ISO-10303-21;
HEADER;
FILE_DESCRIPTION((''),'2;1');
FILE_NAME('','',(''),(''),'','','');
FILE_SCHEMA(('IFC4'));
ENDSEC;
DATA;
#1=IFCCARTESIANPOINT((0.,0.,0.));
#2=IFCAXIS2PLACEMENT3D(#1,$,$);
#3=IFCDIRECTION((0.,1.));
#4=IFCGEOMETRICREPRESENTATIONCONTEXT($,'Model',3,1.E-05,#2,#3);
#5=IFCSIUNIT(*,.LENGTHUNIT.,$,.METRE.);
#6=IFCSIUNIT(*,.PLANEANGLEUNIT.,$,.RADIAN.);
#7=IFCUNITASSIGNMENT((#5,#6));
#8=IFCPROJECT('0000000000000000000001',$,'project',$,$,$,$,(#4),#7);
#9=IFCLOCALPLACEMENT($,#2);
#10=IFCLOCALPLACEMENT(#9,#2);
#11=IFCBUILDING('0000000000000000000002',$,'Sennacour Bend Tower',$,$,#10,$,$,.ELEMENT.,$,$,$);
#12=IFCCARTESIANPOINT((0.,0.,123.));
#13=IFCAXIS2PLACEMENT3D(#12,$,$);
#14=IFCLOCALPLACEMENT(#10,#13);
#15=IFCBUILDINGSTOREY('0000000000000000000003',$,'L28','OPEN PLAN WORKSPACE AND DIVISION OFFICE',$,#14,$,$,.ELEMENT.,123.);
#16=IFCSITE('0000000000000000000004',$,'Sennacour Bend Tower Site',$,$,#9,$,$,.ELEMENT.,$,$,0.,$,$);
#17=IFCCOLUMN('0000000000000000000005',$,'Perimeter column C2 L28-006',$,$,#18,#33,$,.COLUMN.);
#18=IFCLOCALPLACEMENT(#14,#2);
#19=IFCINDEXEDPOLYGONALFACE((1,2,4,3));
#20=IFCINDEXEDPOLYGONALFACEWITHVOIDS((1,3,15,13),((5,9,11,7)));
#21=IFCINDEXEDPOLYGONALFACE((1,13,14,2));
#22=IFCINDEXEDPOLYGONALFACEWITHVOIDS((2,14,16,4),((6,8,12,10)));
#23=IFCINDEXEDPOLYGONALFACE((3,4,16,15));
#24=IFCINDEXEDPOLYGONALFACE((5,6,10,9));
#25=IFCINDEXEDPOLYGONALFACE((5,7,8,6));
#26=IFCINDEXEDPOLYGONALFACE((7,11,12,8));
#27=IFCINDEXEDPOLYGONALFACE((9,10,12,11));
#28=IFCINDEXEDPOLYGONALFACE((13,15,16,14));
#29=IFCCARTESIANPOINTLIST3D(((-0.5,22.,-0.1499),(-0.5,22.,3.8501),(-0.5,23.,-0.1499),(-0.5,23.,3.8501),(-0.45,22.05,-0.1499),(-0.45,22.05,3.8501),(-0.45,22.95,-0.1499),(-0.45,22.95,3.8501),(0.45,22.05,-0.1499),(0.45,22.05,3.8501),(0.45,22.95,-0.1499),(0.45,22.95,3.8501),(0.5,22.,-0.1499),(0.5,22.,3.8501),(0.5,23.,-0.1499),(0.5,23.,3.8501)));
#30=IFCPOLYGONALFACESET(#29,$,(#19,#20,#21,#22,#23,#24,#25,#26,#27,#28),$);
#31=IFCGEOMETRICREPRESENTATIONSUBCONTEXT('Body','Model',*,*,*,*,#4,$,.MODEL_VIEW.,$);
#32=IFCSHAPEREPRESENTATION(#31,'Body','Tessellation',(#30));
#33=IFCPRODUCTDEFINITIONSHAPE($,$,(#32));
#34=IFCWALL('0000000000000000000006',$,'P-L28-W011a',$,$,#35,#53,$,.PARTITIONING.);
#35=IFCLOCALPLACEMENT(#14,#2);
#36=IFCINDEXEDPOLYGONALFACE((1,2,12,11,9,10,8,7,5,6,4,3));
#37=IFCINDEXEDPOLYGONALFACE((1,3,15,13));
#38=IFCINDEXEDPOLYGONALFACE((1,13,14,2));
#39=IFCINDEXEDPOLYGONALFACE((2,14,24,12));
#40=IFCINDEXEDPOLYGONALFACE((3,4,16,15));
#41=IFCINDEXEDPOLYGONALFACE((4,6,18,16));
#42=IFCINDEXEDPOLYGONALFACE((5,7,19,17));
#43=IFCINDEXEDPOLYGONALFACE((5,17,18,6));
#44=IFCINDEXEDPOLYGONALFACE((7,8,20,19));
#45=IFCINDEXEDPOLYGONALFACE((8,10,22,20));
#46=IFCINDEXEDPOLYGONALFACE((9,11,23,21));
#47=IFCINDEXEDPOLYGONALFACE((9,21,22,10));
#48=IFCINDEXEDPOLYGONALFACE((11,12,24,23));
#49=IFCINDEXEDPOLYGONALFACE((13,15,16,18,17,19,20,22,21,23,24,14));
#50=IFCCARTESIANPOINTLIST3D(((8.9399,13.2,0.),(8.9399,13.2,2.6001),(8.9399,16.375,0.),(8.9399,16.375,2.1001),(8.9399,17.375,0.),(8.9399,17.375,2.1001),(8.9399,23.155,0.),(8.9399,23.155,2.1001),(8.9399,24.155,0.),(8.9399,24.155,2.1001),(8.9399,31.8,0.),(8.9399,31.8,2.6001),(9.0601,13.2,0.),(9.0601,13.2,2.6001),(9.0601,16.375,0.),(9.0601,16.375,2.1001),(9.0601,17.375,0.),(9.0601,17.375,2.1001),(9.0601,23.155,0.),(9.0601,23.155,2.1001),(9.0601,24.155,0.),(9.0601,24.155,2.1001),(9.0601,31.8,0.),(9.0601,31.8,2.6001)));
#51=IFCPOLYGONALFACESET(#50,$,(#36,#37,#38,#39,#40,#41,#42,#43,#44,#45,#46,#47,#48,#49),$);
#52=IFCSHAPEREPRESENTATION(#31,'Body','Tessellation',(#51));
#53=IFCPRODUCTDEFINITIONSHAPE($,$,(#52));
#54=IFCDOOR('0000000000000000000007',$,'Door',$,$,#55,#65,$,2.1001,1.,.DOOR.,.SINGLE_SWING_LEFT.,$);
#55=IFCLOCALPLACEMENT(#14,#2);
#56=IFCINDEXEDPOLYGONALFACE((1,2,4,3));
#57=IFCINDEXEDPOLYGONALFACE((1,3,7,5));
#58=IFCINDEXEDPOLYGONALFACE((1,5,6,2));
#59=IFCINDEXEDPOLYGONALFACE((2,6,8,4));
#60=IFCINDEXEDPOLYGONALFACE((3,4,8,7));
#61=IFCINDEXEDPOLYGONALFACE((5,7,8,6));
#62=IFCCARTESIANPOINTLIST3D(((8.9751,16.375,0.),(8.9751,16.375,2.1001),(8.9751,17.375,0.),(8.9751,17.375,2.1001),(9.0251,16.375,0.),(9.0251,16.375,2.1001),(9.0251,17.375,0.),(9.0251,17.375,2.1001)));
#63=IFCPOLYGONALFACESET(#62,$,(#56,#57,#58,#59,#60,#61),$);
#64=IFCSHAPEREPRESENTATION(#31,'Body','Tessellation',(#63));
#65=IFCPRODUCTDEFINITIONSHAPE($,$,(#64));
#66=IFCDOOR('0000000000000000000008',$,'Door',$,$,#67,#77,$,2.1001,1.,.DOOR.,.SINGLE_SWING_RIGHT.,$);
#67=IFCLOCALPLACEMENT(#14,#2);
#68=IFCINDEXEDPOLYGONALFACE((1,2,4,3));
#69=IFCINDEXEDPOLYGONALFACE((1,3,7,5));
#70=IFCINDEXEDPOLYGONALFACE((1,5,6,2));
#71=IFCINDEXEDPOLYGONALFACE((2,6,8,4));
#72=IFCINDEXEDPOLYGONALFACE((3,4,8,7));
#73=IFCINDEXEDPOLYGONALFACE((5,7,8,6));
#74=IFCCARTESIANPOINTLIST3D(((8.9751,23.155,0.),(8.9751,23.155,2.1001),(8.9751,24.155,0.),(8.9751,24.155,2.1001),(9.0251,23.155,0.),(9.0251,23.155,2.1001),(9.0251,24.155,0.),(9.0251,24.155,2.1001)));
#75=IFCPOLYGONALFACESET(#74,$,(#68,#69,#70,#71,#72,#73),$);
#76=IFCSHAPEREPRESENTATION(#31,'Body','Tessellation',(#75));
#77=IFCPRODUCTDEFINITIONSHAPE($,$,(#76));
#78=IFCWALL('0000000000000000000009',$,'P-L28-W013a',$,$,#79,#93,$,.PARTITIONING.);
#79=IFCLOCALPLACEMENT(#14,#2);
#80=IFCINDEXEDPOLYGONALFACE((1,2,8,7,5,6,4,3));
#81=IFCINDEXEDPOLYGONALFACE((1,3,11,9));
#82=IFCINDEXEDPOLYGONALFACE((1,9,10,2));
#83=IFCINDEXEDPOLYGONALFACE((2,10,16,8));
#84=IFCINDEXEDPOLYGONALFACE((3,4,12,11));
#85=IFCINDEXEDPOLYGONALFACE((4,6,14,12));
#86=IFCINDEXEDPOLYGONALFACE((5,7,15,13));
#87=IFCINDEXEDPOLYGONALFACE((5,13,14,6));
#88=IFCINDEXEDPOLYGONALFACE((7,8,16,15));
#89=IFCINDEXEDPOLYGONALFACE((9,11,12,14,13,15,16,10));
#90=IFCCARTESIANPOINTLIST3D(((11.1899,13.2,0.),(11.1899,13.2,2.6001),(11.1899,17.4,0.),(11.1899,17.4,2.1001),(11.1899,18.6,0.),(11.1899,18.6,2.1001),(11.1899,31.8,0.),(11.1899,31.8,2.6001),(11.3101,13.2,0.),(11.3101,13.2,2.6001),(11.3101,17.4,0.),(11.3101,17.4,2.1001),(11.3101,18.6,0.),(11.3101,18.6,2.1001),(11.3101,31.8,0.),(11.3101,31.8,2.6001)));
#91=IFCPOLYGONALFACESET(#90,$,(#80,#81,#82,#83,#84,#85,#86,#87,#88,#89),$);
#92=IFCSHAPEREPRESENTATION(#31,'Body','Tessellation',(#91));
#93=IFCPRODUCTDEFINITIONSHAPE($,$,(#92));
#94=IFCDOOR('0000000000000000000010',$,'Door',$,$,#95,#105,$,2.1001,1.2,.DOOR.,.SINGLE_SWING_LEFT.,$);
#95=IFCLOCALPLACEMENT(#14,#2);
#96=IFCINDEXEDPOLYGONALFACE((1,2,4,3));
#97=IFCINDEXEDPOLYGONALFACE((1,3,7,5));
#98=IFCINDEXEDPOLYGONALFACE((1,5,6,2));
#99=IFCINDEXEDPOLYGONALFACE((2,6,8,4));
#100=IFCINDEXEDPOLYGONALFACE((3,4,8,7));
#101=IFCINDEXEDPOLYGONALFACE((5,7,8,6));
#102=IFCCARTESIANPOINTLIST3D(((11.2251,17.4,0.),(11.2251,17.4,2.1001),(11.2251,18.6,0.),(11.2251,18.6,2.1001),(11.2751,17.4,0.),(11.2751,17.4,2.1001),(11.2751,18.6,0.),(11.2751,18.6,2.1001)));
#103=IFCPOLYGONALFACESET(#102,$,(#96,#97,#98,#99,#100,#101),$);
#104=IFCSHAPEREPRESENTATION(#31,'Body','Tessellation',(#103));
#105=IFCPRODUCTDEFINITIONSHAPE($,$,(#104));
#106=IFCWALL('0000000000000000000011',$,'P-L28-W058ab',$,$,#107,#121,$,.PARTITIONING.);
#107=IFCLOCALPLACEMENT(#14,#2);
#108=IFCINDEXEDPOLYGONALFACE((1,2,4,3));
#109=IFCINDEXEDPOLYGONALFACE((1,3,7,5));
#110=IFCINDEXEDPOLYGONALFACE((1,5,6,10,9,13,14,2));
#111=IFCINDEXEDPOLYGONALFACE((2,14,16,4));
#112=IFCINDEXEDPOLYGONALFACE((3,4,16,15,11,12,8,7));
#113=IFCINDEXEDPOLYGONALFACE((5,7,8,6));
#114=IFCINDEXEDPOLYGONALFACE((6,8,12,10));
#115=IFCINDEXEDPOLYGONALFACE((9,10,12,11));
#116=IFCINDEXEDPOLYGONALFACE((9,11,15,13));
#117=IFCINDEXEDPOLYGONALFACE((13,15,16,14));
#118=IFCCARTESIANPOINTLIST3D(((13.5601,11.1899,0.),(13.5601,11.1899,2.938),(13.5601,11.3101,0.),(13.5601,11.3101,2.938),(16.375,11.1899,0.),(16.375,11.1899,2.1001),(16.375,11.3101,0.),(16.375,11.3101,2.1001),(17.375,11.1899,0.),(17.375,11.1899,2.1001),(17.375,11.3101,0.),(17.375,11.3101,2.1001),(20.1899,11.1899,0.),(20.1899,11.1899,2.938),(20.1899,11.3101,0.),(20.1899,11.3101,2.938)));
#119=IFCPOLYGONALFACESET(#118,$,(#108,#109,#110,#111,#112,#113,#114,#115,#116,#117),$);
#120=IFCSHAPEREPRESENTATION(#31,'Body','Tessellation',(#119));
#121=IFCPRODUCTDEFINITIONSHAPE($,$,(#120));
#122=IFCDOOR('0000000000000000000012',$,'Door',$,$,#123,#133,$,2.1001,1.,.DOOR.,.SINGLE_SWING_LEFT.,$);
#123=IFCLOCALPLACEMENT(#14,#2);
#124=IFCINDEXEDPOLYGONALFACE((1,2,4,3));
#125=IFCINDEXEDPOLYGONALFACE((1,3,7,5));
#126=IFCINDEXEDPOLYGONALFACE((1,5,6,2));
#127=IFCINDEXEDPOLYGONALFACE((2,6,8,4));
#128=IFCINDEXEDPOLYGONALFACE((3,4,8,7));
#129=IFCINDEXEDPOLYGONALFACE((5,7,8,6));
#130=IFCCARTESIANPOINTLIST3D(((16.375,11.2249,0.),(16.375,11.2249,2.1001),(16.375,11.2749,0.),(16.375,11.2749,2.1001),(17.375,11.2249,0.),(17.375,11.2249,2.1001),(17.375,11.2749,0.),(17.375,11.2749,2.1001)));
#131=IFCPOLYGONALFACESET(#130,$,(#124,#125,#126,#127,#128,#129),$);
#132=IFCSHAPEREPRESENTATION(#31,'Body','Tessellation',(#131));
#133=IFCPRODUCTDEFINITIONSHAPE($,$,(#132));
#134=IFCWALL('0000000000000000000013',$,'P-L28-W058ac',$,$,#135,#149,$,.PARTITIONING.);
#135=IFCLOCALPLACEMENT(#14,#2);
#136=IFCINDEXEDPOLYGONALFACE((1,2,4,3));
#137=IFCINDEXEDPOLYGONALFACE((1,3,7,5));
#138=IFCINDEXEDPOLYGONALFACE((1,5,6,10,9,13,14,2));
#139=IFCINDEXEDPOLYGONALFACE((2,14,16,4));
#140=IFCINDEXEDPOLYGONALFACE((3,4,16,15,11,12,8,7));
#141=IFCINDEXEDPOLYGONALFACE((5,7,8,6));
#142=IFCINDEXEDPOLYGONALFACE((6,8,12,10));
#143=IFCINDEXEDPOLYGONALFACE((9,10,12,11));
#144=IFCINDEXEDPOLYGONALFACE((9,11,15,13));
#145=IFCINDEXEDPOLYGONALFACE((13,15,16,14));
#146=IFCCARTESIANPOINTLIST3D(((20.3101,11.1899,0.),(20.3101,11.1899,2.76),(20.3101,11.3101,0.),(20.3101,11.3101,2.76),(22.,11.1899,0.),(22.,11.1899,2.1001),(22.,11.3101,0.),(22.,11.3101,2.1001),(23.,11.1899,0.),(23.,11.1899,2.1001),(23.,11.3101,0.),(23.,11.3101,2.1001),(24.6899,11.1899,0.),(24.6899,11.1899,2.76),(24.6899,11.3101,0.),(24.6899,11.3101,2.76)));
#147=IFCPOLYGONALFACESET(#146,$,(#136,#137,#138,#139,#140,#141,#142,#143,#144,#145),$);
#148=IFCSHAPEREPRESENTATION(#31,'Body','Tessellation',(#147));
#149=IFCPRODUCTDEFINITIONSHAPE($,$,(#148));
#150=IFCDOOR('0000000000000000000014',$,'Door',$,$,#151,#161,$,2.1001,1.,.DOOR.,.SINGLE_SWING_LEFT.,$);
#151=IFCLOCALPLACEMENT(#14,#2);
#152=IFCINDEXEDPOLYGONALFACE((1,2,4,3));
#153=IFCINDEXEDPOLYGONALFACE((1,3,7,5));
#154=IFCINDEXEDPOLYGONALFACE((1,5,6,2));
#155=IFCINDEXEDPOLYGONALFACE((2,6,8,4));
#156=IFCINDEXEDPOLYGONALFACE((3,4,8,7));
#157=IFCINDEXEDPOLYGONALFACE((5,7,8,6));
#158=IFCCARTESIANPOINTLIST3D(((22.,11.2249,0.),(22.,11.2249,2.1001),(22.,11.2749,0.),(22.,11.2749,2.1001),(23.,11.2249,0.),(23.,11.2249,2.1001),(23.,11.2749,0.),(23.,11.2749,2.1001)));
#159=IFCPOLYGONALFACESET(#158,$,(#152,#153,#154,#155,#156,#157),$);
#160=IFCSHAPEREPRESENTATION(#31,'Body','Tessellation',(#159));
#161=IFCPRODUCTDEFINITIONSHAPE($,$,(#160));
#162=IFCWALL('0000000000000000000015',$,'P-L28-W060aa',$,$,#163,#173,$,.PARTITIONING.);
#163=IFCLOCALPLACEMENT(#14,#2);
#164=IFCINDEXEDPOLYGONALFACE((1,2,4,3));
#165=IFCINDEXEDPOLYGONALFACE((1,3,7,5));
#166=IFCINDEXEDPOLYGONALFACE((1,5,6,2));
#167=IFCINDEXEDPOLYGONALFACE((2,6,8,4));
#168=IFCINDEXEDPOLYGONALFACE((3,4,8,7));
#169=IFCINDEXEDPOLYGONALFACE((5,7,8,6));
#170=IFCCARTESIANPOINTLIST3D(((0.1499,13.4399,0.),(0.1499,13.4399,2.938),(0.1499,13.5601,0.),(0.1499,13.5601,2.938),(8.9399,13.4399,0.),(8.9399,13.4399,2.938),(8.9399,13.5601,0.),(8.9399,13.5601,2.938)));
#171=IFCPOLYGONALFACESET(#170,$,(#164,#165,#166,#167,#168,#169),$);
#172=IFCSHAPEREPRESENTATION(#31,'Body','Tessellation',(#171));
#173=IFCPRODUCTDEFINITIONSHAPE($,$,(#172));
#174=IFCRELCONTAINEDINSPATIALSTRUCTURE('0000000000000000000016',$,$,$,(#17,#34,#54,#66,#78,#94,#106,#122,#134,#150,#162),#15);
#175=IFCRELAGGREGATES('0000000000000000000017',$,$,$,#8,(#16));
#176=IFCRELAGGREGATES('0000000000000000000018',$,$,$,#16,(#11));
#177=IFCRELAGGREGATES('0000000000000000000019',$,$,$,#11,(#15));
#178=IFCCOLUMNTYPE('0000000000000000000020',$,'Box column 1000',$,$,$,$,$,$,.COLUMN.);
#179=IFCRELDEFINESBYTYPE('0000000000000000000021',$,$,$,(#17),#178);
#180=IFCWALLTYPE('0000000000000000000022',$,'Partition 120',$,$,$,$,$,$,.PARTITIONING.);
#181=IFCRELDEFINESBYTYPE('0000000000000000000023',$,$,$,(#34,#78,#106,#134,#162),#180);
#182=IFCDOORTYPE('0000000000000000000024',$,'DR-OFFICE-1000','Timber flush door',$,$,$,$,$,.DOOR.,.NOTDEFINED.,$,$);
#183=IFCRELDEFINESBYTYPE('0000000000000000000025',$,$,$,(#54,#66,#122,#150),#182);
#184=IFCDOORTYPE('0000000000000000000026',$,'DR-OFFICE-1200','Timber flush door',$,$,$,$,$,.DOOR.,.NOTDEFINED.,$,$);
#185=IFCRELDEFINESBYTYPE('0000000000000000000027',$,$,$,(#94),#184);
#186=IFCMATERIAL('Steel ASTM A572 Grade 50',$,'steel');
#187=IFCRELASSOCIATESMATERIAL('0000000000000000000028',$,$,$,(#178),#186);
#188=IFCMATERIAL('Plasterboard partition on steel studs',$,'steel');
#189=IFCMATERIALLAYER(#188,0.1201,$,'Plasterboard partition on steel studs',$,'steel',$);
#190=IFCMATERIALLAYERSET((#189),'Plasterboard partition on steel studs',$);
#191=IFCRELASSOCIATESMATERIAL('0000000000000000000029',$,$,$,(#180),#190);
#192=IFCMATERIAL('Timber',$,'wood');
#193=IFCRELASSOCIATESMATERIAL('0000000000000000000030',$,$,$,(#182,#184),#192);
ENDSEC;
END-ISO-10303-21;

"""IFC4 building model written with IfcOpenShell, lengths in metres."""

from ifc_helpers import new_model, si_unit, direction, frame, frame_2d, origin, origin_2d, place, context, subcontext, project, spatial, rectangle, hollow_rectangle, extrude, material, layer, layer_set, material_profile, profile_set, type_object, element, fill, save


model = new_model("IFC4")

# Units and contexts
model_context = context("Model", 3, precision=1e-05, world=origin(), true_north=direction((0.0, 1.0)))
body_context = subcontext(model_context, "Body", "Model", "MODEL_VIEW")
ifc_project = project(units=[si_unit("LENGTHUNIT", "METRE"), si_unit("PLANEANGLEUNIT", "RADIAN")], contexts=[model_context])

# Site, building, storey
site_placement = place(None, origin())
site = spatial("IfcSite", under=ifc_project, at=site_placement, Name="Sennacour Bend Tower Site", CompositionType="ELEMENT", RefElevation=0.0)
building_placement = place(site_placement, origin())
building = spatial("IfcBuilding", under=site, at=building_placement, Name="Sennacour Bend Tower", CompositionType="ELEMENT")
storey_placement = place(building_placement, frame((0.0, 0.0, 123.0)))
storey = spatial("IfcBuildingStorey", under=building, at=storey_placement, Name="L28", Description="OPEN PLAN WORKSPACE AND DIVISION OFFICE", CompositionType="ELEMENT", Elevation=123.0)

# Column
ifc_material_1 = material(Name="Steel ASTM A572 Grade 50", Category="steel")
ifc_material_profile = material_profile(ifc_material_1, hollow_rectangle(XDim=1.0, YDim=1.0, WallThickness=0.05, at=origin_2d()), Name="Steel ASTM A572 Grade 50", Category="steel")
ifc_profile_set = profile_set([ifc_material_profile], Name="Steel ASTM A572 Grade 50")
column_type = type_object("IfcColumnType", Name="Box column 1000", PredefinedType="COLUMN", material=ifc_profile_set)
column_placement = place(storey_placement, frame((0.0, 22.5, -0.1499), z_axis=(0.0, 0.0, 1.0), x_axis=(1.0, 0.0, 0.0)))
element("IfcColumn", 1, at=column_placement, inside=storey, type_object=column_type, Name="Perimeter column C2 L28-006", PredefinedType="COLUMN", context=body_context, shape_type="SweptSolid", body=[
    extrude(hollow_rectangle(XDim=1.0, YDim=1.0, WallThickness=0.05, at=origin_2d()), origin(), (0.0, 0.0, 1.0), 4.0),
])

# Wall, openings, doors
ifc_material_2 = material(Name="Plasterboard partition on steel studs", Category="steel")
ifc_layer_1 = layer(ifc_material_2, 0.1201, Name="Plasterboard partition on steel studs", Category="steel")
ifc_layer_set_1 = layer_set([ifc_layer_1], Name="Plasterboard partition on steel studs")
wall_type_1 = type_object("IfcWallType", Name="Partition 120", PredefinedType="PARTITIONING", material=ifc_layer_set_1)
wall_1_placement = place(storey_placement, frame((9.0, 13.2, 0.0), z_axis=(0.0, 0.0, 1.0), x_axis=(0.0, 1.0, 0.0)))
wall_1 = element("IfcWall", 2, at=wall_1_placement, inside=storey, type_object=wall_type_1, Name="P-L28-W011a", PredefinedType="PARTITIONING", context=body_context, shape_type="SweptSolid", body=[
    extrude(rectangle(XDim=18.6001, YDim=0.1201, at=frame_2d((9.3, 0.0))), origin(), (0.0, 0.0, 1.0), 2.6001),
])
opening_1_placement = place(wall_1_placement, frame((3.175, 0.0, 0.0)))
opening_1 = element("IfcOpeningElement", 3, at=opening_1_placement, cuts=wall_1, PredefinedType="OPENING", context=body_context, shape_type="SweptSolid", body=[
    extrude(rectangle(XDim=1.0, YDim=2.1001, at=frame_2d((0.5, 1.05))), frame((0.0, 0.0701, 0.0), z_axis=(0.0, -1.0, 0.0), x_axis=(1.0, 0.0, 0.0)), (0.0, 0.0, 1.0), 0.1401),
])
opening_2_placement = place(wall_1_placement, frame((9.9551, 0.0, 0.0)))
opening_2 = element("IfcOpeningElement", 4, at=opening_2_placement, cuts=wall_1, PredefinedType="OPENING", context=body_context, shape_type="SweptSolid", body=[
    extrude(rectangle(XDim=1.0, YDim=2.1001, at=frame_2d((0.5, 1.05))), frame((0.0, 0.0701, 0.0), z_axis=(0.0, -1.0, 0.0), x_axis=(1.0, 0.0, 0.0)), (0.0, 0.0, 1.0), 0.1401),
])
ifc_material_3 = material(Name="Timber", Category="wood")
door_type_1 = type_object("IfcDoorType", Name="DR-OFFICE-1000", Description="Timber flush door", OperationType="NOTDEFINED", PredefinedType="DOOR", material=ifc_material_3)
door_1_placement = place(opening_1_placement, origin())
door_1 = element("IfcDoor", 5, at=door_1_placement, inside=storey, type_object=door_type_1, Name="Door", OperationType="SINGLE_SWING_LEFT", OverallHeight=2.1001, OverallWidth=1.0, PredefinedType="DOOR", context=body_context, shape_type="SweptSolid", body=[
    extrude(rectangle(XDim=1.0, YDim=2.1001, at=frame_2d((0.5, 1.05))), frame((0.0, 0.0249, 0.0), z_axis=(0.0, -1.0, 0.0), x_axis=(1.0, 0.0, 0.0)), (0.0, 0.0, 1.0), 0.05),
])
fill(opening_1, door_1)
door_2_placement = place(opening_2_placement, origin())
door_2 = element("IfcDoor", 6, at=door_2_placement, inside=storey, type_object=door_type_1, Name="Door", OperationType="SINGLE_SWING_RIGHT", OverallHeight=2.1001, OverallWidth=1.0, PredefinedType="DOOR", context=body_context, shape_type="SweptSolid", body=[
    extrude(rectangle(XDim=1.0, YDim=2.1001, at=frame_2d((0.5, 1.05))), frame((0.0, 0.0249, 0.0), z_axis=(0.0, -1.0, 0.0), x_axis=(1.0, 0.0, 0.0)), (0.0, 0.0, 1.0), 0.05),
])
fill(opening_2, door_2)

# Walls, openings, doors
wall_2_placement = place(storey_placement, frame((11.25, 13.2, 0.0), z_axis=(0.0, 0.0, 1.0), x_axis=(0.0, 1.0, 0.0)))
wall_2 = element("IfcWall", 7, at=wall_2_placement, inside=storey, type_object=wall_type_1, Name="P-L28-W013a", PredefinedType="PARTITIONING", context=body_context, shape_type="SweptSolid", body=[
    extrude(rectangle(XDim=18.6001, YDim=0.1201, at=frame_2d((9.3, 0.0))), origin(), (0.0, 0.0, 1.0), 2.6001),
])
opening_3_placement = place(wall_2_placement, frame((4.2, 0.0, 0.0)))
opening_3 = element("IfcOpeningElement", 8, at=opening_3_placement, cuts=wall_2, PredefinedType="OPENING", context=body_context, shape_type="SweptSolid", body=[
    extrude(rectangle(XDim=1.2, YDim=2.1001, at=frame_2d((0.6001, 1.05))), frame((0.0, 0.0701, 0.0), z_axis=(0.0, -1.0, 0.0), x_axis=(1.0, 0.0, 0.0)), (0.0, 0.0, 1.0), 0.1401),
])
door_type_2 = type_object("IfcDoorType", Name="DR-OFFICE-1200", Description="Timber flush door", OperationType="NOTDEFINED", PredefinedType="DOOR", material=ifc_material_3)
door_3_placement = place(opening_3_placement, origin())
door_3 = element("IfcDoor", 9, at=door_3_placement, inside=storey, type_object=door_type_2, Name="Door", OperationType="SINGLE_SWING_LEFT", OverallHeight=2.1001, OverallWidth=1.2, PredefinedType="DOOR", context=body_context, shape_type="SweptSolid", body=[
    extrude(rectangle(XDim=1.2, YDim=2.1001, at=frame_2d((0.6001, 1.05))), frame((0.0, 0.0249, 0.0), z_axis=(0.0, -1.0, 0.0), x_axis=(1.0, 0.0, 0.0)), (0.0, 0.0, 1.0), 0.05),
])
fill(opening_3, door_3)
wall_3_placement = place(storey_placement, frame((13.5601, 11.25, 0.0), z_axis=(0.0, 0.0, 1.0), x_axis=(1.0, 0.0, 0.0)))
wall_3 = element("IfcWall", 10, at=wall_3_placement, inside=storey, type_object=wall_type_1, Name="P-L28-W058ab", PredefinedType="PARTITIONING", context=body_context, shape_type="SweptSolid", body=[
    extrude(rectangle(XDim=6.6299, YDim=0.1201, at=frame_2d((3.3149, 0.0))), origin(), (0.0, 0.0, 1.0), 2.938),
])
opening_4_placement = place(wall_3_placement, frame((2.8149, 0.0, 0.0)))
opening_4 = element("IfcOpeningElement", 11, at=opening_4_placement, cuts=wall_3, PredefinedType="OPENING", context=body_context, shape_type="SweptSolid", body=[
    extrude(rectangle(XDim=1.0, YDim=2.1001, at=frame_2d((0.5, 1.05))), frame((0.0, 0.0701, 0.0), z_axis=(0.0, -1.0, 0.0), x_axis=(1.0, 0.0, 0.0)), (0.0, 0.0, 1.0), 0.1401),
])
door_4_placement = place(opening_4_placement, origin())
door_4 = element("IfcDoor", 12, at=door_4_placement, inside=storey, type_object=door_type_1, Name="Door", OperationType="SINGLE_SWING_LEFT", OverallHeight=2.1001, OverallWidth=1.0, PredefinedType="DOOR", context=body_context, shape_type="SweptSolid", body=[
    extrude(rectangle(XDim=1.0, YDim=2.1001, at=frame_2d((0.5, 1.05))), frame((0.0, 0.0249, 0.0), z_axis=(0.0, -1.0, 0.0), x_axis=(1.0, 0.0, 0.0)), (0.0, 0.0, 1.0), 0.05),
])
fill(opening_4, door_4)
wall_4_placement = place(storey_placement, frame((20.3101, 11.25, 0.0), z_axis=(0.0, 0.0, 1.0), x_axis=(1.0, 0.0, 0.0)))
wall_4 = element("IfcWall", 13, at=wall_4_placement, inside=storey, type_object=wall_type_1, Name="P-L28-W058ac", PredefinedType="PARTITIONING", context=body_context, shape_type="SweptSolid", body=[
    extrude(rectangle(XDim=4.3799, YDim=0.1201, at=frame_2d((2.1899, 0.0))), origin(), (0.0, 0.0, 1.0), 2.76),
])
opening_5_placement = place(wall_4_placement, frame((1.6899, 0.0, 0.0)))
opening_5 = element("IfcOpeningElement", 14, at=opening_5_placement, cuts=wall_4, PredefinedType="OPENING", context=body_context, shape_type="SweptSolid", body=[
    extrude(rectangle(XDim=1.0, YDim=2.1001, at=frame_2d((0.5, 1.05))), frame((0.0, 0.0701, 0.0), z_axis=(0.0, -1.0, 0.0), x_axis=(1.0, 0.0, 0.0)), (0.0, 0.0, 1.0), 0.1401),
])
door_5_placement = place(opening_5_placement, origin())
door_5 = element("IfcDoor", 15, at=door_5_placement, inside=storey, type_object=door_type_1, Name="Door", OperationType="SINGLE_SWING_LEFT", OverallHeight=2.1001, OverallWidth=1.0, PredefinedType="DOOR", context=body_context, shape_type="SweptSolid", body=[
    extrude(rectangle(XDim=1.0, YDim=2.1001, at=frame_2d((0.5, 1.05))), frame((0.0, 0.0249, 0.0), z_axis=(0.0, -1.0, 0.0), x_axis=(1.0, 0.0, 0.0)), (0.0, 0.0, 1.0), 0.05),
])
fill(opening_5, door_5)

# Wall
wall_5_placement = place(storey_placement, frame((0.1499, 13.5, 0.0), z_axis=(0.0, 0.0, 1.0), x_axis=(1.0, 0.0, 0.0)))
element("IfcWall", 16, at=wall_5_placement, inside=storey, type_object=wall_type_1, Name="P-L28-W060aa", PredefinedType="PARTITIONING", context=body_context, shape_type="SweptSolid", body=[
    extrude(rectangle(XDim=8.79, YDim=0.1201, at=frame_2d((4.395, 0.0))), origin(), (0.0, 0.0, 1.0), 2.938),
])

save(model, "model.ifc")
